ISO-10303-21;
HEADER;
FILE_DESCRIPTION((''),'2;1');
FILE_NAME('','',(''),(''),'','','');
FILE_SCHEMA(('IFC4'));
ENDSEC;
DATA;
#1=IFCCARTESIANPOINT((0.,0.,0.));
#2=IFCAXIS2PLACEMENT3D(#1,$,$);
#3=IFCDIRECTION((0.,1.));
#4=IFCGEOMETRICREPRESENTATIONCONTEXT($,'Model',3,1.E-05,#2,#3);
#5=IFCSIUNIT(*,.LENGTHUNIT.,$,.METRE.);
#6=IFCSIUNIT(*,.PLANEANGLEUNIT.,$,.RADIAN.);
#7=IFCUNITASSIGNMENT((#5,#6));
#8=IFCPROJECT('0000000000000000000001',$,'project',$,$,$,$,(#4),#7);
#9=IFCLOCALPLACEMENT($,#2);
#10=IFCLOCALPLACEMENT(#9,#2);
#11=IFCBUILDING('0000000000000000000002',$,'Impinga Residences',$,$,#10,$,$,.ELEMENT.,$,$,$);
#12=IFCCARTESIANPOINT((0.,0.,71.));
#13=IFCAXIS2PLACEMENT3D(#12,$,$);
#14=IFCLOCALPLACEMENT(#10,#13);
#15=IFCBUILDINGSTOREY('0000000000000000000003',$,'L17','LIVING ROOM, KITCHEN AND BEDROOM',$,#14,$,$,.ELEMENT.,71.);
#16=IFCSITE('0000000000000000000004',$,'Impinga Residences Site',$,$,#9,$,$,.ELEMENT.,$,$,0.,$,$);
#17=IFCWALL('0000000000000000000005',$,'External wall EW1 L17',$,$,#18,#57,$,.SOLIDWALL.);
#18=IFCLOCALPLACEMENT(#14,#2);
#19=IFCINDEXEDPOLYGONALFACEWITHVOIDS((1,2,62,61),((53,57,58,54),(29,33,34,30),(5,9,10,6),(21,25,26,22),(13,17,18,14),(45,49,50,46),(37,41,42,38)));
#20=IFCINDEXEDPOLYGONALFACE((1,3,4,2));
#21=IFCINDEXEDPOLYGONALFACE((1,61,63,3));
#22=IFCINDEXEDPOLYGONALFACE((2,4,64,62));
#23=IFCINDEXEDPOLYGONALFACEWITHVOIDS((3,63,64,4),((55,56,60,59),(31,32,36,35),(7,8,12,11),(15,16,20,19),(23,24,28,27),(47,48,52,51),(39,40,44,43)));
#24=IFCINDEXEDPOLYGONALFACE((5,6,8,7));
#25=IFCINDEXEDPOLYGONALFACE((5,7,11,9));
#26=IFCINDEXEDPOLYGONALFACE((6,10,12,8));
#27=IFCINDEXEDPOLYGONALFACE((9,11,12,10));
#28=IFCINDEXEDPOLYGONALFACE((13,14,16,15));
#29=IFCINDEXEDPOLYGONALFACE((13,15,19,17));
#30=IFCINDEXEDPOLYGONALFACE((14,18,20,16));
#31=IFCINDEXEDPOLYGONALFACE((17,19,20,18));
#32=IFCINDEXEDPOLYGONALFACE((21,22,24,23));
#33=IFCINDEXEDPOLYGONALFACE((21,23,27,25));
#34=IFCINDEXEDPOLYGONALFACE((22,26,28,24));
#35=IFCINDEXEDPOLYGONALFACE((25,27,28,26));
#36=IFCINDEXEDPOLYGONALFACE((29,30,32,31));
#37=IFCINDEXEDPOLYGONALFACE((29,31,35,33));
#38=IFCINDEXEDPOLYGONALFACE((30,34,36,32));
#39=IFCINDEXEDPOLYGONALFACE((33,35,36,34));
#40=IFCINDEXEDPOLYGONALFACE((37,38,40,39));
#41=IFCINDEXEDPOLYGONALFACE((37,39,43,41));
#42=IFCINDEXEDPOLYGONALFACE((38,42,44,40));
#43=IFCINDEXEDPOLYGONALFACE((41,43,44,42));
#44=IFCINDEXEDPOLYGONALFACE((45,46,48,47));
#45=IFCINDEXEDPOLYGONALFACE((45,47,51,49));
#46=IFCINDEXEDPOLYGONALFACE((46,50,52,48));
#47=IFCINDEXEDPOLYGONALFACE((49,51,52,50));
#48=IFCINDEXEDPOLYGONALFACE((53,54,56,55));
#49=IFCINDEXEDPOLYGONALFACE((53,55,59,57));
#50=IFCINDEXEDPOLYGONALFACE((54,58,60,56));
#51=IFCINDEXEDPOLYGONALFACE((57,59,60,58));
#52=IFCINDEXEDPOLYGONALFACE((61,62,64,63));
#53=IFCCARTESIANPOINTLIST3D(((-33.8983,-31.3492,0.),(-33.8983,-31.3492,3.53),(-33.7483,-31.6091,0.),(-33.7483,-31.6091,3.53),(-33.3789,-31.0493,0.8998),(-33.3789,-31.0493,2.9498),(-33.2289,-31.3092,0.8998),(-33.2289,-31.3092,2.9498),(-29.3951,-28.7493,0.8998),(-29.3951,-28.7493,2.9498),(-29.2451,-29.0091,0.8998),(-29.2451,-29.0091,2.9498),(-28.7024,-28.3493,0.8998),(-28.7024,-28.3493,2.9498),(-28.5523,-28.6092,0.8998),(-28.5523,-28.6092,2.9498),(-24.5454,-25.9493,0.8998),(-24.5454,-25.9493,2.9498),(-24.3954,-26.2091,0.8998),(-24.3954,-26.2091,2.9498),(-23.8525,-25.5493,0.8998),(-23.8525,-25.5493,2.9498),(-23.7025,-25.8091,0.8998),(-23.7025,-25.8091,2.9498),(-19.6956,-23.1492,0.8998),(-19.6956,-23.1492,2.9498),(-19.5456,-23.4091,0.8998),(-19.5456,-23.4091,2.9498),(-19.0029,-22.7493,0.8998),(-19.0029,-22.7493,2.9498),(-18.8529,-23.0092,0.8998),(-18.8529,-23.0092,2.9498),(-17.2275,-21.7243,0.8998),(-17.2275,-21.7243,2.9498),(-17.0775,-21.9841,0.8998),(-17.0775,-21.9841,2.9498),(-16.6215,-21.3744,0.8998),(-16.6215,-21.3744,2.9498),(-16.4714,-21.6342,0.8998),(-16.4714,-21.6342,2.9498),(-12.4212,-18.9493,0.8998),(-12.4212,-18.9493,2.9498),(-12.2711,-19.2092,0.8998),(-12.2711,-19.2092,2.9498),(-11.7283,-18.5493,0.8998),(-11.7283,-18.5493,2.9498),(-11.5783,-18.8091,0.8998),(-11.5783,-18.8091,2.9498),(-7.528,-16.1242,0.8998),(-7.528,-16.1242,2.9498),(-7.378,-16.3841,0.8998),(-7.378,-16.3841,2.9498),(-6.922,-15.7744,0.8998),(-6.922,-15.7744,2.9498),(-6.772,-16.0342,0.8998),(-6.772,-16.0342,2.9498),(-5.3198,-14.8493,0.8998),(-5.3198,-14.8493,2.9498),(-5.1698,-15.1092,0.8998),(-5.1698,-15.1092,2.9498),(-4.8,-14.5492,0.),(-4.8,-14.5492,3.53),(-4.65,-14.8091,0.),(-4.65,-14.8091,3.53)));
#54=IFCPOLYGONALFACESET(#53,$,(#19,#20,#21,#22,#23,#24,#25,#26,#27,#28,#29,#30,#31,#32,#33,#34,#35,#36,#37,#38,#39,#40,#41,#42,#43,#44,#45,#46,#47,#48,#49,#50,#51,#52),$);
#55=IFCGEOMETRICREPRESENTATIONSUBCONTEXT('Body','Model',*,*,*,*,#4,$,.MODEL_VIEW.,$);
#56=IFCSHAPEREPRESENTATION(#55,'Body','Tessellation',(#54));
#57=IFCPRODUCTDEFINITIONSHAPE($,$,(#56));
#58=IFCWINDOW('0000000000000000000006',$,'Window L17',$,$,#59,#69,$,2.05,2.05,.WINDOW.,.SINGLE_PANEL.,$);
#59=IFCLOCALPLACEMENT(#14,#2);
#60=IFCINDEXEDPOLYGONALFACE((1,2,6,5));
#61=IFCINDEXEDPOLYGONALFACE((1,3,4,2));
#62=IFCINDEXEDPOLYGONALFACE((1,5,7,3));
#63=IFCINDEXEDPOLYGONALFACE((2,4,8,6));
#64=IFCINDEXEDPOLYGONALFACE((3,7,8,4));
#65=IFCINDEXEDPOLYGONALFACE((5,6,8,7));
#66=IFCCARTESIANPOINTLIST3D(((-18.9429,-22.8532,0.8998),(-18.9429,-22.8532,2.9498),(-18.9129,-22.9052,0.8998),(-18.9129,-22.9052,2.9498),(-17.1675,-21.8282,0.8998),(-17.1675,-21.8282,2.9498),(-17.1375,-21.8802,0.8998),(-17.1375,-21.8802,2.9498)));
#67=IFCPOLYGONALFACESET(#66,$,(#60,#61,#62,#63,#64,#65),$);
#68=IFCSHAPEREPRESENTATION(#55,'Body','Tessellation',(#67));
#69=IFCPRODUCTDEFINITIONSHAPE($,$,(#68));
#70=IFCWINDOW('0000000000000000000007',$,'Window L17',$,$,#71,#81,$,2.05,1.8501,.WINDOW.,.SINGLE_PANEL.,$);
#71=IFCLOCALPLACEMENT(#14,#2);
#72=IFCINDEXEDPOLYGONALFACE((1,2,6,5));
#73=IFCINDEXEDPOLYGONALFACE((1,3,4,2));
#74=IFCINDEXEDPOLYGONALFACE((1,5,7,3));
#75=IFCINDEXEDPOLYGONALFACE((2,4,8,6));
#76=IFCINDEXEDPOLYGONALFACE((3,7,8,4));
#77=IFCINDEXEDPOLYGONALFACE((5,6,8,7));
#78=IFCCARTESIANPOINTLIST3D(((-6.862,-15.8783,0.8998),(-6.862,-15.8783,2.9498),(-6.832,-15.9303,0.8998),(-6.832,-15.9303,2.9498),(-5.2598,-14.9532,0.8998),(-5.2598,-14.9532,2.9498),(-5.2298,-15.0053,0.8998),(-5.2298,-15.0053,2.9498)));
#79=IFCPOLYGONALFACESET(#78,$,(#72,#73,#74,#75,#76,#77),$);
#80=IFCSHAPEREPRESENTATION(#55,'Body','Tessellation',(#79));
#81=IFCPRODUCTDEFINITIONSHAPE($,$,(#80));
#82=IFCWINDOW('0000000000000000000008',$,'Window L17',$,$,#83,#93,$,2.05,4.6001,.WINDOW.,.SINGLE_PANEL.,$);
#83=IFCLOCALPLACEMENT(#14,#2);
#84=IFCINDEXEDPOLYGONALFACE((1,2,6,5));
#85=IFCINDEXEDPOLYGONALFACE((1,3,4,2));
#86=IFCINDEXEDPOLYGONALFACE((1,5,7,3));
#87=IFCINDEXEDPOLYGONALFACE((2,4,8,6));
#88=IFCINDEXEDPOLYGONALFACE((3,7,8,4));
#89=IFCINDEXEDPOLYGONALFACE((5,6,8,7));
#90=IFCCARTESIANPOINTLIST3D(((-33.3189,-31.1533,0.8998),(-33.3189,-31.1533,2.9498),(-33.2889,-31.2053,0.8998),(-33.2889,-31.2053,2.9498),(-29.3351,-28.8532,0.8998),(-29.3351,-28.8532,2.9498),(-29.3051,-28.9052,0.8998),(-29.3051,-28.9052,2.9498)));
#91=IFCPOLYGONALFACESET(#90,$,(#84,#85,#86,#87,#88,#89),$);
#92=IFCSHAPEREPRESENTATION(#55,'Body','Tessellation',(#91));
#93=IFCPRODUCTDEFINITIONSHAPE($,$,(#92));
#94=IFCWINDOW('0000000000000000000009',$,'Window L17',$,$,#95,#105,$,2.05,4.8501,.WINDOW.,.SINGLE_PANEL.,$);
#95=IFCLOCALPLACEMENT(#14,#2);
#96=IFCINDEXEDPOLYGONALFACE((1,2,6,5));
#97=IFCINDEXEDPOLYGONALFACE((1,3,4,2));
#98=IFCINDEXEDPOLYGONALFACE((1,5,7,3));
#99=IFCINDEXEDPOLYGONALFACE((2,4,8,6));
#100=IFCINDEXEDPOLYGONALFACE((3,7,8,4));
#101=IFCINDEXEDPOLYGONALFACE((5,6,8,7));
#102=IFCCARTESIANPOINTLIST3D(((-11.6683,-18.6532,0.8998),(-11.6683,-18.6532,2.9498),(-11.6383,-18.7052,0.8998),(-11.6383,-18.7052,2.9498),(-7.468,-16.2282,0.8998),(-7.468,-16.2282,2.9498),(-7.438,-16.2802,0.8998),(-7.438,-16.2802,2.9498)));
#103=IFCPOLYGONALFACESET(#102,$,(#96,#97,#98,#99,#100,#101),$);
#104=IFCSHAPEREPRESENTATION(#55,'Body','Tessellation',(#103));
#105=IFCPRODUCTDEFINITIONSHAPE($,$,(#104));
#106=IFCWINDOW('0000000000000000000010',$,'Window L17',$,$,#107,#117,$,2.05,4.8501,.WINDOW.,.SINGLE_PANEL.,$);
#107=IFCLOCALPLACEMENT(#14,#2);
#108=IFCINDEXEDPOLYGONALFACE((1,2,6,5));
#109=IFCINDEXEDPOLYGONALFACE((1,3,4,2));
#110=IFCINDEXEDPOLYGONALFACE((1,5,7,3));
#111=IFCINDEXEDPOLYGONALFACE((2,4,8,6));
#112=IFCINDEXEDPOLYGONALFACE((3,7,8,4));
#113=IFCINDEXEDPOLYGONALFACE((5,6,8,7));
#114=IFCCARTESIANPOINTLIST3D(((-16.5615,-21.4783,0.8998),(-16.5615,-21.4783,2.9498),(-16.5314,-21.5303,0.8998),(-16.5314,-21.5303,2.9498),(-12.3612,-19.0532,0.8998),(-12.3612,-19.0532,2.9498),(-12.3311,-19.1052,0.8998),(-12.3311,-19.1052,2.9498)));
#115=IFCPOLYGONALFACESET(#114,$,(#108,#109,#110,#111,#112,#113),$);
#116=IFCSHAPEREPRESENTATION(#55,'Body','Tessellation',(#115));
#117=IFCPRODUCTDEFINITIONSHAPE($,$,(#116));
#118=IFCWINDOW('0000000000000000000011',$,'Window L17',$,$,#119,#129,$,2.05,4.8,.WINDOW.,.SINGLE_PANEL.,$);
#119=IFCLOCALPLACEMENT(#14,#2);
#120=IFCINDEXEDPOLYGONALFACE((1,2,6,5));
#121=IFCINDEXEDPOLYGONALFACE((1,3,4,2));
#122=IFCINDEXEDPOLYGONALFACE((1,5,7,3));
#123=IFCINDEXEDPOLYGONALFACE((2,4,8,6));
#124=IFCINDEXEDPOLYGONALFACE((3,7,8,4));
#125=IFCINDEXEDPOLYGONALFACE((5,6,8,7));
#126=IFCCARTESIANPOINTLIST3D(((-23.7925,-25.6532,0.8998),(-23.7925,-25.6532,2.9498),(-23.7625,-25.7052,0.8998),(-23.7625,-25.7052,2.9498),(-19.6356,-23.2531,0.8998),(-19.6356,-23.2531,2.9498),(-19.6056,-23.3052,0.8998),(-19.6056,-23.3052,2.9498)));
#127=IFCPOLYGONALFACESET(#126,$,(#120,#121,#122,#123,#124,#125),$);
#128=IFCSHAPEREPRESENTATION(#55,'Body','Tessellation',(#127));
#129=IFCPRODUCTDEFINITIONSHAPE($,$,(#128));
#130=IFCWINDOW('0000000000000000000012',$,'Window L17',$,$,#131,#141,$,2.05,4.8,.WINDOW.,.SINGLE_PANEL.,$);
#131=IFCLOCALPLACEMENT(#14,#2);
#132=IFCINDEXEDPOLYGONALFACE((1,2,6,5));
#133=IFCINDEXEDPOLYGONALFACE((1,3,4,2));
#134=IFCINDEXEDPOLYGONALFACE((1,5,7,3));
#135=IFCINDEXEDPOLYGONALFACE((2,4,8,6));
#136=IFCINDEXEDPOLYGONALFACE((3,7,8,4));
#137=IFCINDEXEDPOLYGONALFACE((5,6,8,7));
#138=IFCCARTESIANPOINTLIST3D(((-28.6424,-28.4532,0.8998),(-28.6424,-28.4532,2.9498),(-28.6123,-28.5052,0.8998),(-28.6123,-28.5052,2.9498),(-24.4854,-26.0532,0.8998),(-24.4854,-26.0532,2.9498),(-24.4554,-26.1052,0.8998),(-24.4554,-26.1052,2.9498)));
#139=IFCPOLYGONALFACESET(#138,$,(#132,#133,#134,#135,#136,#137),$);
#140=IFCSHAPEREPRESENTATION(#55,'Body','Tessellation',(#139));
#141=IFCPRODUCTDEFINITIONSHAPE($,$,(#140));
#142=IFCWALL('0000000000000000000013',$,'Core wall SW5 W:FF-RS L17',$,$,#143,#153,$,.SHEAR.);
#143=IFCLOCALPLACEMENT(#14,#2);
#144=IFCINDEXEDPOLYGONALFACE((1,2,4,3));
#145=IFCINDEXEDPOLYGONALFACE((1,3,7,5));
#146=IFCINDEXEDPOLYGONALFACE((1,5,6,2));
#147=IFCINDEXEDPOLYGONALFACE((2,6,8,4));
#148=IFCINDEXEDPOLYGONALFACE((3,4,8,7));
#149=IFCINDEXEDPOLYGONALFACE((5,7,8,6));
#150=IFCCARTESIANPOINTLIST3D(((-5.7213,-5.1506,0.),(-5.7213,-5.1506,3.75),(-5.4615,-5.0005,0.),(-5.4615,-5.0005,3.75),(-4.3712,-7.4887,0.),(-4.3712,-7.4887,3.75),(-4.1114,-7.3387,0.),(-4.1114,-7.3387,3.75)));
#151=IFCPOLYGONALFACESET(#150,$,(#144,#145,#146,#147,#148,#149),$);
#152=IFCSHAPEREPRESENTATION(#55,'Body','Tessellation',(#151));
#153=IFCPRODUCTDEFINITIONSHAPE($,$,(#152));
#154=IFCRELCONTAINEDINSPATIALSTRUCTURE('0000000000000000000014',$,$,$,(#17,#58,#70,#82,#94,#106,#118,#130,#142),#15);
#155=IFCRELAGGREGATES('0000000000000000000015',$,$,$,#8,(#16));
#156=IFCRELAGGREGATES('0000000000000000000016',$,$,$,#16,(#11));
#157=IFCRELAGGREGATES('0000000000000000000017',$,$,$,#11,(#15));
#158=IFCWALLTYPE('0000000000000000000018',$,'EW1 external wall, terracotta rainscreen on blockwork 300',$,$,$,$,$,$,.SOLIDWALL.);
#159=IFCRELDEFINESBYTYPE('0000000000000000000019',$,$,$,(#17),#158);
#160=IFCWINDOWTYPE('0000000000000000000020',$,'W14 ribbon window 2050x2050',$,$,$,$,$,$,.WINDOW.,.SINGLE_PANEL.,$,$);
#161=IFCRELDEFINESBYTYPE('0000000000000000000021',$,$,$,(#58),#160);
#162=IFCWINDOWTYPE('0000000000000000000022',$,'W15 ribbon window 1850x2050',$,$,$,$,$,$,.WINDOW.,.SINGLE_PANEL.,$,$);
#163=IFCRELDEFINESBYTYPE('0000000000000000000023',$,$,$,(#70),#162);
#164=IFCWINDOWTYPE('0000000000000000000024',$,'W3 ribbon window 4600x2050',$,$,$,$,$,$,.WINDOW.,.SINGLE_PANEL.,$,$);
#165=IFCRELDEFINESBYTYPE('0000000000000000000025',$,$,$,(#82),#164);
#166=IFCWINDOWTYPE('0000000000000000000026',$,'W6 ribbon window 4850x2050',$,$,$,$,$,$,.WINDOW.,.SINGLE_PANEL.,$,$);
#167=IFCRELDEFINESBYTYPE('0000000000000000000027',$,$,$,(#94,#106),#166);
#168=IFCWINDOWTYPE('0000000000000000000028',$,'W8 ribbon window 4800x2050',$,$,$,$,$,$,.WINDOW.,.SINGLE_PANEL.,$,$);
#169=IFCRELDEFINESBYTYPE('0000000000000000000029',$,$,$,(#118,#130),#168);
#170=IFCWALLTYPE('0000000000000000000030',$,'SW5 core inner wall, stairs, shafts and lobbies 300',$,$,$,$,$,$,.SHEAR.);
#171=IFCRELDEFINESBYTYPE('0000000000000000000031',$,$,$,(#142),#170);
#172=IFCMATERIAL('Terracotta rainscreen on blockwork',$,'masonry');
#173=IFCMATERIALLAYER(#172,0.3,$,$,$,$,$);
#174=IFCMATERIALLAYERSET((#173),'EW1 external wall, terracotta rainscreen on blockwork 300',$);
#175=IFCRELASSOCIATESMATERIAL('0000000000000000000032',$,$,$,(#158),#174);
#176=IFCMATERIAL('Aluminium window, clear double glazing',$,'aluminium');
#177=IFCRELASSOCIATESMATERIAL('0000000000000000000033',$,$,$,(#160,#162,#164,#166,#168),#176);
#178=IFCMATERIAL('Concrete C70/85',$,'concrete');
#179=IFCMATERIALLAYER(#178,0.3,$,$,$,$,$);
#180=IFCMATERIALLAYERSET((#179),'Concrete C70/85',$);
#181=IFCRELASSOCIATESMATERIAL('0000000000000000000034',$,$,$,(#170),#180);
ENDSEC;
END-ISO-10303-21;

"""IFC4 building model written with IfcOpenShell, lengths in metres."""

from ifc_helpers import new_model, si_unit, direction, frame, frame_2d, origin, place, context, subcontext, project, spatial, rectangle, extrude, material, layer, layer_set, type_object, element, fill, save


model = new_model("IFC4")

# Units and contexts
model_context = context("Model", 3, precision=1e-05, world=origin(), true_north=direction((0.0, 1.0)))
body_context = subcontext(model_context, "Body", "Model", "MODEL_VIEW")
ifc_project = project(units=[si_unit("LENGTHUNIT", "METRE"), si_unit("PLANEANGLEUNIT", "RADIAN")], contexts=[model_context])

# Site, building, storey
site_placement = place(None, origin())
site = spatial("IfcSite", under=ifc_project, at=site_placement, Name="Impinga Residences Site", CompositionType="ELEMENT", RefElevation=0.0)
building_placement = place(site_placement, origin())
building = spatial("IfcBuilding", under=site, at=building_placement, Name="Impinga Residences", CompositionType="ELEMENT")
storey_placement = place(building_placement, frame((0.0, 0.0, 71.0)))
storey = spatial("IfcBuildingStorey", under=building, at=storey_placement, Name="L17", Description="LIVING ROOM, KITCHEN AND BEDROOM", CompositionType="ELEMENT", Elevation=71.0)

# Shared definitions
ifc_material_1 = material(Name="Concrete C70/85", Category="concrete")

# Shared definitions
ifc_material_2 = material(Name="Terracotta rainscreen on blockwork", Category="masonry")
ifc_layer_1 = layer(ifc_material_2, 0.3)
ifc_layer_set_1 = layer_set([ifc_layer_1], Name="EW1 external wall, terracotta rainscreen on blockwork 300")
wall_type_1 = type_object("IfcWallType", Name="EW1 external wall, terracotta rainscreen on blockwork 300", PredefinedType="SOLIDWALL", material=ifc_layer_set_1)

# Wall, openings, windows
wall_1_placement = place(storey_placement, frame((-4.7251, -14.6792, 0.0), z_axis=(0.0, 0.0, 1.0), x_axis=(-0.866024, -0.500002, 0.0)))
wall_1 = element("IfcWall", 1, at=wall_1_placement, inside=storey, type_object=wall_type_1, Name="External wall EW1 L17", PredefinedType="SOLIDWALL", context=body_context, shape_type="SweptSolid", body=[
    extrude(rectangle(XDim=33.5999, YDim=0.3, at=frame_2d((16.7998, 0.0))), origin(), (0.0, 0.0, 1.0), 3.53),
])
opening_1_placement = place(wall_1_placement, frame((0.6001, 0.0, 0.8999)))
opening_1 = element("IfcOpeningElement", 2, at=opening_1_placement, cuts=wall_1, PredefinedType="OPENING", context=body_context, shape_type="SweptSolid", body=[
    extrude(rectangle(XDim=1.8501, YDim=2.05, at=frame_2d((0.925, 1.0249))), frame((0.0, 0.1599, 0.0), z_axis=(0.0, -1.0, 0.0), x_axis=(1.0, 0.0, 0.0)), (0.0, 0.0, 1.0), 0.3201),
])
opening_2_placement = place(wall_1_placement, frame((3.1499, 0.0, 0.8999)))
opening_2 = element("IfcOpeningElement", 3, at=opening_2_placement, cuts=wall_1, PredefinedType="OPENING", context=body_context, shape_type="SweptSolid", body=[
    extrude(rectangle(XDim=4.8501, YDim=2.05, at=frame_2d((2.425, 1.0249))), frame((0.0, 0.1599, 0.0), z_axis=(0.0, -1.0, 0.0), x_axis=(1.0, 0.0, 0.0)), (0.0, 0.0, 1.0), 0.3201),
])
opening_3_placement = place(wall_1_placement, frame((8.8, 0.0, 0.8999)))
opening_3 = element("IfcOpeningElement", 4, at=opening_3_placement, cuts=wall_1, PredefinedType="OPENING", context=body_context, shape_type="SweptSolid", body=[
    extrude(rectangle(XDim=4.8501, YDim=2.05, at=frame_2d((2.425, 1.0249))), frame((0.0, 0.1599, 0.0), z_axis=(0.0, -1.0, 0.0), x_axis=(1.0, 0.0, 0.0)), (0.0, 0.0, 1.0), 0.3201),
])
opening_4_placement = place(wall_1_placement, frame((14.3501, 0.0, 0.8999)))
opening_4 = element("IfcOpeningElement", 5, at=opening_4_placement, cuts=wall_1, PredefinedType="OPENING", context=body_context, shape_type="SweptSolid", body=[
    extrude(rectangle(XDim=2.05, YDim=2.05, at=frame_2d((1.0249, 1.0249))), frame((0.0, 0.1599, 0.0), z_axis=(0.0, -1.0, 0.0), x_axis=(1.0, 0.0, 0.0)), (0.0, 0.0, 1.0), 0.3201),
])
opening_5_placement = place(wall_1_placement, frame((17.2, 0.0, 0.8999)))
opening_5 = element("IfcOpeningElement", 6, at=opening_5_placement, cuts=wall_1, PredefinedType="OPENING", context=body_context, shape_type="SweptSolid", body=[
    extrude(rectangle(XDim=4.8, YDim=2.05, at=frame_2d((2.3999, 1.0249))), frame((0.0, 0.1599, 0.0), z_axis=(0.0, -1.0, 0.0), x_axis=(1.0, 0.0, 0.0)), (0.0, 0.0, 1.0), 0.3201),
])
opening_6_placement = place(wall_1_placement, frame((22.8, 0.0, 0.8999)))
opening_6 = element("IfcOpeningElement", 7, at=opening_6_placement, cuts=wall_1, PredefinedType="OPENING", context=body_context, shape_type="SweptSolid", body=[
    extrude(rectangle(XDim=4.8, YDim=2.05, at=frame_2d((2.3999, 1.0249))), frame((0.0, 0.1599, 0.0), z_axis=(0.0, -1.0, 0.0), x_axis=(1.0, 0.0, 0.0)), (0.0, 0.0, 1.0), 0.3201),
])
opening_7_placement = place(wall_1_placement, frame((28.3999, 0.0, 0.8999)))
opening_7 = element("IfcOpeningElement", 8, at=opening_7_placement, cuts=wall_1, PredefinedType="OPENING", context=body_context, shape_type="SweptSolid", body=[
    extrude(rectangle(XDim=4.6001, YDim=2.05, at=frame_2d((2.3, 1.0249))), frame((0.0, 0.1599, 0.0), z_axis=(0.0, -1.0, 0.0), x_axis=(1.0, 0.0, 0.0)), (0.0, 0.0, 1.0), 0.3201),
])
ifc_material_3 = material(Name="Aluminium window, clear double glazing", Category="aluminium")
window_type_1 = type_object("IfcWindowType", Name="W14 ribbon window 2050x2050", PartitioningType="SINGLE_PANEL", PredefinedType="WINDOW", material=ifc_material_3)
window_1_placement = place(opening_4_placement, origin())
window_1 = element("IfcWindow", 9, at=window_1_placement, inside=storey, type_object=window_type_1, Name="Window L17", OverallHeight=2.05, OverallWidth=2.05, PartitioningType="SINGLE_PANEL", PredefinedType="WINDOW", context=body_context, shape_type="SweptSolid", body=[
    extrude(rectangle(XDim=2.05, YDim=2.05, at=frame_2d((1.0249, 1.0249))), frame((0.0, 0.03, 0.0), z_axis=(0.0, -1.0, 0.0), x_axis=(1.0, 0.0, 0.0)), (0.0, 0.0, 1.0), 0.0601),
])
fill(opening_4, window_1)
window_type_2 = type_object("IfcWindowType", Name="W15 ribbon window 1850x2050", PartitioningType="SINGLE_PANEL", PredefinedType="WINDOW", material=ifc_material_3)
window_2_placement = place(opening_1_placement, origin())
window_2 = element("IfcWindow", 10, at=window_2_placement, inside=storey, type_object=window_type_2, Name="Window L17", OverallHeight=2.05, OverallWidth=1.8501, PartitioningType="SINGLE_PANEL", PredefinedType="WINDOW", context=body_context, shape_type="SweptSolid", body=[
    extrude(rectangle(XDim=1.8501, YDim=2.05, at=frame_2d((0.925, 1.0249))), frame((0.0, 0.03, 0.0), z_axis=(0.0, -1.0, 0.0), x_axis=(1.0, 0.0, 0.0)), (0.0, 0.0, 1.0), 0.0601),
])
fill(opening_1, window_2)
window_type_3 = type_object("IfcWindowType", Name="W3 ribbon window 4600x2050", PartitioningType="SINGLE_PANEL", PredefinedType="WINDOW", material=ifc_material_3)
window_3_placement = place(opening_7_placement, origin())
window_3 = element("IfcWindow", 11, at=window_3_placement, inside=storey, type_object=window_type_3, Name="Window L17", OverallHeight=2.05, OverallWidth=4.6001, PartitioningType="SINGLE_PANEL", PredefinedType="WINDOW", context=body_context, shape_type="SweptSolid", body=[
    extrude(rectangle(XDim=4.6001, YDim=2.05, at=frame_2d((2.3, 1.0249))), frame((0.0, 0.03, 0.0), z_axis=(0.0, -1.0, 0.0), x_axis=(1.0, 0.0, 0.0)), (0.0, 0.0, 1.0), 0.0601),
])
fill(opening_7, window_3)
window_type_4 = type_object("IfcWindowType", Name="W6 ribbon window 4850x2050", PartitioningType="SINGLE_PANEL", PredefinedType="WINDOW", material=ifc_material_3)
window_4_placement = place(opening_2_placement, origin())
window_4 = element("IfcWindow", 12, at=window_4_placement, inside=storey, type_object=window_type_4, Name="Window L17", OverallHeight=2.05, OverallWidth=4.8501, PartitioningType="SINGLE_PANEL", PredefinedType="WINDOW", context=body_context, shape_type="SweptSolid", body=[
    extrude(rectangle(XDim=4.8501, YDim=2.05, at=frame_2d((2.425, 1.0249))), frame((0.0, 0.03, 0.0), z_axis=(0.0, -1.0, 0.0), x_axis=(1.0, 0.0, 0.0)), (0.0, 0.0, 1.0), 0.0601),
])
fill(opening_2, window_4)
window_5_placement = place(opening_3_placement, origin())
window_5 = element("IfcWindow", 13, at=window_5_placement, inside=storey, type_object=window_type_4, Name="Window L17", OverallHeight=2.05, OverallWidth=4.8501, PartitioningType="SINGLE_PANEL", PredefinedType="WINDOW", context=body_context, shape_type="SweptSolid", body=[
    extrude(rectangle(XDim=4.8501, YDim=2.05, at=frame_2d((2.425, 1.0249))), frame((0.0, 0.03, 0.0), z_axis=(0.0, -1.0, 0.0), x_axis=(1.0, 0.0, 0.0)), (0.0, 0.0, 1.0), 0.0601),
])
fill(opening_3, window_5)
window_type_5 = type_object("IfcWindowType", Name="W8 ribbon window 4800x2050", PartitioningType="SINGLE_PANEL", PredefinedType="WINDOW", material=ifc_material_3)
window_6_placement = place(opening_5_placement, origin())
window_6 = element("IfcWindow", 14, at=window_6_placement, inside=storey, type_object=window_type_5, Name="Window L17", OverallHeight=2.05, OverallWidth=4.8, PartitioningType="SINGLE_PANEL", PredefinedType="WINDOW", context=body_context, shape_type="SweptSolid", body=[
    extrude(rectangle(XDim=4.8, YDim=2.05, at=frame_2d((2.3999, 1.0249))), frame((0.0, 0.03, 0.0), z_axis=(0.0, -1.0, 0.0), x_axis=(1.0, 0.0, 0.0)), (0.0, 0.0, 1.0), 0.0601),
])
fill(opening_5, window_6)
window_7_placement = place(opening_6_placement, origin())
window_7 = element("IfcWindow", 15, at=window_7_placement, inside=storey, type_object=window_type_5, Name="Window L17", OverallHeight=2.05, OverallWidth=4.8, PartitioningType="SINGLE_PANEL", PredefinedType="WINDOW", context=body_context, shape_type="SweptSolid", body=[
    extrude(rectangle(XDim=4.8, YDim=2.05, at=frame_2d((2.3999, 1.0249))), frame((0.0, 0.03, 0.0), z_axis=(0.0, -1.0, 0.0), x_axis=(1.0, 0.0, 0.0)), (0.0, 0.0, 1.0), 0.0601),
])
fill(opening_6, window_7)

# Wall
ifc_layer_2 = layer(ifc_material_1, 0.3)
ifc_layer_set_2 = layer_set([ifc_layer_2], Name="Concrete C70/85")
wall_type_2 = type_object("IfcWallType", Name="SW5 core inner wall, stairs, shafts and lobbies 300", PredefinedType="SHEAR", material=ifc_layer_set_2)
wall_2_placement = place(storey_placement, frame((-4.2412, -7.4138, 0.0), z_axis=(0.0, 0.0, 1.0), x_axis=(-0.500049, 0.865997, 0.0)))
element("IfcWall", 16, at=wall_2_placement, inside=storey, type_object=wall_type_2, Name="Core wall SW5 W:FF-RS L17", PredefinedType="SHEAR", context=body_context, shape_type="SweptSolid", body=[
    extrude(rectangle(XDim=2.7, YDim=0.3, at=frame_2d((1.3501, 0.0))), origin(), (0.0, 0.0, 1.0), 3.75),
])

save(model, "model.ifc")
